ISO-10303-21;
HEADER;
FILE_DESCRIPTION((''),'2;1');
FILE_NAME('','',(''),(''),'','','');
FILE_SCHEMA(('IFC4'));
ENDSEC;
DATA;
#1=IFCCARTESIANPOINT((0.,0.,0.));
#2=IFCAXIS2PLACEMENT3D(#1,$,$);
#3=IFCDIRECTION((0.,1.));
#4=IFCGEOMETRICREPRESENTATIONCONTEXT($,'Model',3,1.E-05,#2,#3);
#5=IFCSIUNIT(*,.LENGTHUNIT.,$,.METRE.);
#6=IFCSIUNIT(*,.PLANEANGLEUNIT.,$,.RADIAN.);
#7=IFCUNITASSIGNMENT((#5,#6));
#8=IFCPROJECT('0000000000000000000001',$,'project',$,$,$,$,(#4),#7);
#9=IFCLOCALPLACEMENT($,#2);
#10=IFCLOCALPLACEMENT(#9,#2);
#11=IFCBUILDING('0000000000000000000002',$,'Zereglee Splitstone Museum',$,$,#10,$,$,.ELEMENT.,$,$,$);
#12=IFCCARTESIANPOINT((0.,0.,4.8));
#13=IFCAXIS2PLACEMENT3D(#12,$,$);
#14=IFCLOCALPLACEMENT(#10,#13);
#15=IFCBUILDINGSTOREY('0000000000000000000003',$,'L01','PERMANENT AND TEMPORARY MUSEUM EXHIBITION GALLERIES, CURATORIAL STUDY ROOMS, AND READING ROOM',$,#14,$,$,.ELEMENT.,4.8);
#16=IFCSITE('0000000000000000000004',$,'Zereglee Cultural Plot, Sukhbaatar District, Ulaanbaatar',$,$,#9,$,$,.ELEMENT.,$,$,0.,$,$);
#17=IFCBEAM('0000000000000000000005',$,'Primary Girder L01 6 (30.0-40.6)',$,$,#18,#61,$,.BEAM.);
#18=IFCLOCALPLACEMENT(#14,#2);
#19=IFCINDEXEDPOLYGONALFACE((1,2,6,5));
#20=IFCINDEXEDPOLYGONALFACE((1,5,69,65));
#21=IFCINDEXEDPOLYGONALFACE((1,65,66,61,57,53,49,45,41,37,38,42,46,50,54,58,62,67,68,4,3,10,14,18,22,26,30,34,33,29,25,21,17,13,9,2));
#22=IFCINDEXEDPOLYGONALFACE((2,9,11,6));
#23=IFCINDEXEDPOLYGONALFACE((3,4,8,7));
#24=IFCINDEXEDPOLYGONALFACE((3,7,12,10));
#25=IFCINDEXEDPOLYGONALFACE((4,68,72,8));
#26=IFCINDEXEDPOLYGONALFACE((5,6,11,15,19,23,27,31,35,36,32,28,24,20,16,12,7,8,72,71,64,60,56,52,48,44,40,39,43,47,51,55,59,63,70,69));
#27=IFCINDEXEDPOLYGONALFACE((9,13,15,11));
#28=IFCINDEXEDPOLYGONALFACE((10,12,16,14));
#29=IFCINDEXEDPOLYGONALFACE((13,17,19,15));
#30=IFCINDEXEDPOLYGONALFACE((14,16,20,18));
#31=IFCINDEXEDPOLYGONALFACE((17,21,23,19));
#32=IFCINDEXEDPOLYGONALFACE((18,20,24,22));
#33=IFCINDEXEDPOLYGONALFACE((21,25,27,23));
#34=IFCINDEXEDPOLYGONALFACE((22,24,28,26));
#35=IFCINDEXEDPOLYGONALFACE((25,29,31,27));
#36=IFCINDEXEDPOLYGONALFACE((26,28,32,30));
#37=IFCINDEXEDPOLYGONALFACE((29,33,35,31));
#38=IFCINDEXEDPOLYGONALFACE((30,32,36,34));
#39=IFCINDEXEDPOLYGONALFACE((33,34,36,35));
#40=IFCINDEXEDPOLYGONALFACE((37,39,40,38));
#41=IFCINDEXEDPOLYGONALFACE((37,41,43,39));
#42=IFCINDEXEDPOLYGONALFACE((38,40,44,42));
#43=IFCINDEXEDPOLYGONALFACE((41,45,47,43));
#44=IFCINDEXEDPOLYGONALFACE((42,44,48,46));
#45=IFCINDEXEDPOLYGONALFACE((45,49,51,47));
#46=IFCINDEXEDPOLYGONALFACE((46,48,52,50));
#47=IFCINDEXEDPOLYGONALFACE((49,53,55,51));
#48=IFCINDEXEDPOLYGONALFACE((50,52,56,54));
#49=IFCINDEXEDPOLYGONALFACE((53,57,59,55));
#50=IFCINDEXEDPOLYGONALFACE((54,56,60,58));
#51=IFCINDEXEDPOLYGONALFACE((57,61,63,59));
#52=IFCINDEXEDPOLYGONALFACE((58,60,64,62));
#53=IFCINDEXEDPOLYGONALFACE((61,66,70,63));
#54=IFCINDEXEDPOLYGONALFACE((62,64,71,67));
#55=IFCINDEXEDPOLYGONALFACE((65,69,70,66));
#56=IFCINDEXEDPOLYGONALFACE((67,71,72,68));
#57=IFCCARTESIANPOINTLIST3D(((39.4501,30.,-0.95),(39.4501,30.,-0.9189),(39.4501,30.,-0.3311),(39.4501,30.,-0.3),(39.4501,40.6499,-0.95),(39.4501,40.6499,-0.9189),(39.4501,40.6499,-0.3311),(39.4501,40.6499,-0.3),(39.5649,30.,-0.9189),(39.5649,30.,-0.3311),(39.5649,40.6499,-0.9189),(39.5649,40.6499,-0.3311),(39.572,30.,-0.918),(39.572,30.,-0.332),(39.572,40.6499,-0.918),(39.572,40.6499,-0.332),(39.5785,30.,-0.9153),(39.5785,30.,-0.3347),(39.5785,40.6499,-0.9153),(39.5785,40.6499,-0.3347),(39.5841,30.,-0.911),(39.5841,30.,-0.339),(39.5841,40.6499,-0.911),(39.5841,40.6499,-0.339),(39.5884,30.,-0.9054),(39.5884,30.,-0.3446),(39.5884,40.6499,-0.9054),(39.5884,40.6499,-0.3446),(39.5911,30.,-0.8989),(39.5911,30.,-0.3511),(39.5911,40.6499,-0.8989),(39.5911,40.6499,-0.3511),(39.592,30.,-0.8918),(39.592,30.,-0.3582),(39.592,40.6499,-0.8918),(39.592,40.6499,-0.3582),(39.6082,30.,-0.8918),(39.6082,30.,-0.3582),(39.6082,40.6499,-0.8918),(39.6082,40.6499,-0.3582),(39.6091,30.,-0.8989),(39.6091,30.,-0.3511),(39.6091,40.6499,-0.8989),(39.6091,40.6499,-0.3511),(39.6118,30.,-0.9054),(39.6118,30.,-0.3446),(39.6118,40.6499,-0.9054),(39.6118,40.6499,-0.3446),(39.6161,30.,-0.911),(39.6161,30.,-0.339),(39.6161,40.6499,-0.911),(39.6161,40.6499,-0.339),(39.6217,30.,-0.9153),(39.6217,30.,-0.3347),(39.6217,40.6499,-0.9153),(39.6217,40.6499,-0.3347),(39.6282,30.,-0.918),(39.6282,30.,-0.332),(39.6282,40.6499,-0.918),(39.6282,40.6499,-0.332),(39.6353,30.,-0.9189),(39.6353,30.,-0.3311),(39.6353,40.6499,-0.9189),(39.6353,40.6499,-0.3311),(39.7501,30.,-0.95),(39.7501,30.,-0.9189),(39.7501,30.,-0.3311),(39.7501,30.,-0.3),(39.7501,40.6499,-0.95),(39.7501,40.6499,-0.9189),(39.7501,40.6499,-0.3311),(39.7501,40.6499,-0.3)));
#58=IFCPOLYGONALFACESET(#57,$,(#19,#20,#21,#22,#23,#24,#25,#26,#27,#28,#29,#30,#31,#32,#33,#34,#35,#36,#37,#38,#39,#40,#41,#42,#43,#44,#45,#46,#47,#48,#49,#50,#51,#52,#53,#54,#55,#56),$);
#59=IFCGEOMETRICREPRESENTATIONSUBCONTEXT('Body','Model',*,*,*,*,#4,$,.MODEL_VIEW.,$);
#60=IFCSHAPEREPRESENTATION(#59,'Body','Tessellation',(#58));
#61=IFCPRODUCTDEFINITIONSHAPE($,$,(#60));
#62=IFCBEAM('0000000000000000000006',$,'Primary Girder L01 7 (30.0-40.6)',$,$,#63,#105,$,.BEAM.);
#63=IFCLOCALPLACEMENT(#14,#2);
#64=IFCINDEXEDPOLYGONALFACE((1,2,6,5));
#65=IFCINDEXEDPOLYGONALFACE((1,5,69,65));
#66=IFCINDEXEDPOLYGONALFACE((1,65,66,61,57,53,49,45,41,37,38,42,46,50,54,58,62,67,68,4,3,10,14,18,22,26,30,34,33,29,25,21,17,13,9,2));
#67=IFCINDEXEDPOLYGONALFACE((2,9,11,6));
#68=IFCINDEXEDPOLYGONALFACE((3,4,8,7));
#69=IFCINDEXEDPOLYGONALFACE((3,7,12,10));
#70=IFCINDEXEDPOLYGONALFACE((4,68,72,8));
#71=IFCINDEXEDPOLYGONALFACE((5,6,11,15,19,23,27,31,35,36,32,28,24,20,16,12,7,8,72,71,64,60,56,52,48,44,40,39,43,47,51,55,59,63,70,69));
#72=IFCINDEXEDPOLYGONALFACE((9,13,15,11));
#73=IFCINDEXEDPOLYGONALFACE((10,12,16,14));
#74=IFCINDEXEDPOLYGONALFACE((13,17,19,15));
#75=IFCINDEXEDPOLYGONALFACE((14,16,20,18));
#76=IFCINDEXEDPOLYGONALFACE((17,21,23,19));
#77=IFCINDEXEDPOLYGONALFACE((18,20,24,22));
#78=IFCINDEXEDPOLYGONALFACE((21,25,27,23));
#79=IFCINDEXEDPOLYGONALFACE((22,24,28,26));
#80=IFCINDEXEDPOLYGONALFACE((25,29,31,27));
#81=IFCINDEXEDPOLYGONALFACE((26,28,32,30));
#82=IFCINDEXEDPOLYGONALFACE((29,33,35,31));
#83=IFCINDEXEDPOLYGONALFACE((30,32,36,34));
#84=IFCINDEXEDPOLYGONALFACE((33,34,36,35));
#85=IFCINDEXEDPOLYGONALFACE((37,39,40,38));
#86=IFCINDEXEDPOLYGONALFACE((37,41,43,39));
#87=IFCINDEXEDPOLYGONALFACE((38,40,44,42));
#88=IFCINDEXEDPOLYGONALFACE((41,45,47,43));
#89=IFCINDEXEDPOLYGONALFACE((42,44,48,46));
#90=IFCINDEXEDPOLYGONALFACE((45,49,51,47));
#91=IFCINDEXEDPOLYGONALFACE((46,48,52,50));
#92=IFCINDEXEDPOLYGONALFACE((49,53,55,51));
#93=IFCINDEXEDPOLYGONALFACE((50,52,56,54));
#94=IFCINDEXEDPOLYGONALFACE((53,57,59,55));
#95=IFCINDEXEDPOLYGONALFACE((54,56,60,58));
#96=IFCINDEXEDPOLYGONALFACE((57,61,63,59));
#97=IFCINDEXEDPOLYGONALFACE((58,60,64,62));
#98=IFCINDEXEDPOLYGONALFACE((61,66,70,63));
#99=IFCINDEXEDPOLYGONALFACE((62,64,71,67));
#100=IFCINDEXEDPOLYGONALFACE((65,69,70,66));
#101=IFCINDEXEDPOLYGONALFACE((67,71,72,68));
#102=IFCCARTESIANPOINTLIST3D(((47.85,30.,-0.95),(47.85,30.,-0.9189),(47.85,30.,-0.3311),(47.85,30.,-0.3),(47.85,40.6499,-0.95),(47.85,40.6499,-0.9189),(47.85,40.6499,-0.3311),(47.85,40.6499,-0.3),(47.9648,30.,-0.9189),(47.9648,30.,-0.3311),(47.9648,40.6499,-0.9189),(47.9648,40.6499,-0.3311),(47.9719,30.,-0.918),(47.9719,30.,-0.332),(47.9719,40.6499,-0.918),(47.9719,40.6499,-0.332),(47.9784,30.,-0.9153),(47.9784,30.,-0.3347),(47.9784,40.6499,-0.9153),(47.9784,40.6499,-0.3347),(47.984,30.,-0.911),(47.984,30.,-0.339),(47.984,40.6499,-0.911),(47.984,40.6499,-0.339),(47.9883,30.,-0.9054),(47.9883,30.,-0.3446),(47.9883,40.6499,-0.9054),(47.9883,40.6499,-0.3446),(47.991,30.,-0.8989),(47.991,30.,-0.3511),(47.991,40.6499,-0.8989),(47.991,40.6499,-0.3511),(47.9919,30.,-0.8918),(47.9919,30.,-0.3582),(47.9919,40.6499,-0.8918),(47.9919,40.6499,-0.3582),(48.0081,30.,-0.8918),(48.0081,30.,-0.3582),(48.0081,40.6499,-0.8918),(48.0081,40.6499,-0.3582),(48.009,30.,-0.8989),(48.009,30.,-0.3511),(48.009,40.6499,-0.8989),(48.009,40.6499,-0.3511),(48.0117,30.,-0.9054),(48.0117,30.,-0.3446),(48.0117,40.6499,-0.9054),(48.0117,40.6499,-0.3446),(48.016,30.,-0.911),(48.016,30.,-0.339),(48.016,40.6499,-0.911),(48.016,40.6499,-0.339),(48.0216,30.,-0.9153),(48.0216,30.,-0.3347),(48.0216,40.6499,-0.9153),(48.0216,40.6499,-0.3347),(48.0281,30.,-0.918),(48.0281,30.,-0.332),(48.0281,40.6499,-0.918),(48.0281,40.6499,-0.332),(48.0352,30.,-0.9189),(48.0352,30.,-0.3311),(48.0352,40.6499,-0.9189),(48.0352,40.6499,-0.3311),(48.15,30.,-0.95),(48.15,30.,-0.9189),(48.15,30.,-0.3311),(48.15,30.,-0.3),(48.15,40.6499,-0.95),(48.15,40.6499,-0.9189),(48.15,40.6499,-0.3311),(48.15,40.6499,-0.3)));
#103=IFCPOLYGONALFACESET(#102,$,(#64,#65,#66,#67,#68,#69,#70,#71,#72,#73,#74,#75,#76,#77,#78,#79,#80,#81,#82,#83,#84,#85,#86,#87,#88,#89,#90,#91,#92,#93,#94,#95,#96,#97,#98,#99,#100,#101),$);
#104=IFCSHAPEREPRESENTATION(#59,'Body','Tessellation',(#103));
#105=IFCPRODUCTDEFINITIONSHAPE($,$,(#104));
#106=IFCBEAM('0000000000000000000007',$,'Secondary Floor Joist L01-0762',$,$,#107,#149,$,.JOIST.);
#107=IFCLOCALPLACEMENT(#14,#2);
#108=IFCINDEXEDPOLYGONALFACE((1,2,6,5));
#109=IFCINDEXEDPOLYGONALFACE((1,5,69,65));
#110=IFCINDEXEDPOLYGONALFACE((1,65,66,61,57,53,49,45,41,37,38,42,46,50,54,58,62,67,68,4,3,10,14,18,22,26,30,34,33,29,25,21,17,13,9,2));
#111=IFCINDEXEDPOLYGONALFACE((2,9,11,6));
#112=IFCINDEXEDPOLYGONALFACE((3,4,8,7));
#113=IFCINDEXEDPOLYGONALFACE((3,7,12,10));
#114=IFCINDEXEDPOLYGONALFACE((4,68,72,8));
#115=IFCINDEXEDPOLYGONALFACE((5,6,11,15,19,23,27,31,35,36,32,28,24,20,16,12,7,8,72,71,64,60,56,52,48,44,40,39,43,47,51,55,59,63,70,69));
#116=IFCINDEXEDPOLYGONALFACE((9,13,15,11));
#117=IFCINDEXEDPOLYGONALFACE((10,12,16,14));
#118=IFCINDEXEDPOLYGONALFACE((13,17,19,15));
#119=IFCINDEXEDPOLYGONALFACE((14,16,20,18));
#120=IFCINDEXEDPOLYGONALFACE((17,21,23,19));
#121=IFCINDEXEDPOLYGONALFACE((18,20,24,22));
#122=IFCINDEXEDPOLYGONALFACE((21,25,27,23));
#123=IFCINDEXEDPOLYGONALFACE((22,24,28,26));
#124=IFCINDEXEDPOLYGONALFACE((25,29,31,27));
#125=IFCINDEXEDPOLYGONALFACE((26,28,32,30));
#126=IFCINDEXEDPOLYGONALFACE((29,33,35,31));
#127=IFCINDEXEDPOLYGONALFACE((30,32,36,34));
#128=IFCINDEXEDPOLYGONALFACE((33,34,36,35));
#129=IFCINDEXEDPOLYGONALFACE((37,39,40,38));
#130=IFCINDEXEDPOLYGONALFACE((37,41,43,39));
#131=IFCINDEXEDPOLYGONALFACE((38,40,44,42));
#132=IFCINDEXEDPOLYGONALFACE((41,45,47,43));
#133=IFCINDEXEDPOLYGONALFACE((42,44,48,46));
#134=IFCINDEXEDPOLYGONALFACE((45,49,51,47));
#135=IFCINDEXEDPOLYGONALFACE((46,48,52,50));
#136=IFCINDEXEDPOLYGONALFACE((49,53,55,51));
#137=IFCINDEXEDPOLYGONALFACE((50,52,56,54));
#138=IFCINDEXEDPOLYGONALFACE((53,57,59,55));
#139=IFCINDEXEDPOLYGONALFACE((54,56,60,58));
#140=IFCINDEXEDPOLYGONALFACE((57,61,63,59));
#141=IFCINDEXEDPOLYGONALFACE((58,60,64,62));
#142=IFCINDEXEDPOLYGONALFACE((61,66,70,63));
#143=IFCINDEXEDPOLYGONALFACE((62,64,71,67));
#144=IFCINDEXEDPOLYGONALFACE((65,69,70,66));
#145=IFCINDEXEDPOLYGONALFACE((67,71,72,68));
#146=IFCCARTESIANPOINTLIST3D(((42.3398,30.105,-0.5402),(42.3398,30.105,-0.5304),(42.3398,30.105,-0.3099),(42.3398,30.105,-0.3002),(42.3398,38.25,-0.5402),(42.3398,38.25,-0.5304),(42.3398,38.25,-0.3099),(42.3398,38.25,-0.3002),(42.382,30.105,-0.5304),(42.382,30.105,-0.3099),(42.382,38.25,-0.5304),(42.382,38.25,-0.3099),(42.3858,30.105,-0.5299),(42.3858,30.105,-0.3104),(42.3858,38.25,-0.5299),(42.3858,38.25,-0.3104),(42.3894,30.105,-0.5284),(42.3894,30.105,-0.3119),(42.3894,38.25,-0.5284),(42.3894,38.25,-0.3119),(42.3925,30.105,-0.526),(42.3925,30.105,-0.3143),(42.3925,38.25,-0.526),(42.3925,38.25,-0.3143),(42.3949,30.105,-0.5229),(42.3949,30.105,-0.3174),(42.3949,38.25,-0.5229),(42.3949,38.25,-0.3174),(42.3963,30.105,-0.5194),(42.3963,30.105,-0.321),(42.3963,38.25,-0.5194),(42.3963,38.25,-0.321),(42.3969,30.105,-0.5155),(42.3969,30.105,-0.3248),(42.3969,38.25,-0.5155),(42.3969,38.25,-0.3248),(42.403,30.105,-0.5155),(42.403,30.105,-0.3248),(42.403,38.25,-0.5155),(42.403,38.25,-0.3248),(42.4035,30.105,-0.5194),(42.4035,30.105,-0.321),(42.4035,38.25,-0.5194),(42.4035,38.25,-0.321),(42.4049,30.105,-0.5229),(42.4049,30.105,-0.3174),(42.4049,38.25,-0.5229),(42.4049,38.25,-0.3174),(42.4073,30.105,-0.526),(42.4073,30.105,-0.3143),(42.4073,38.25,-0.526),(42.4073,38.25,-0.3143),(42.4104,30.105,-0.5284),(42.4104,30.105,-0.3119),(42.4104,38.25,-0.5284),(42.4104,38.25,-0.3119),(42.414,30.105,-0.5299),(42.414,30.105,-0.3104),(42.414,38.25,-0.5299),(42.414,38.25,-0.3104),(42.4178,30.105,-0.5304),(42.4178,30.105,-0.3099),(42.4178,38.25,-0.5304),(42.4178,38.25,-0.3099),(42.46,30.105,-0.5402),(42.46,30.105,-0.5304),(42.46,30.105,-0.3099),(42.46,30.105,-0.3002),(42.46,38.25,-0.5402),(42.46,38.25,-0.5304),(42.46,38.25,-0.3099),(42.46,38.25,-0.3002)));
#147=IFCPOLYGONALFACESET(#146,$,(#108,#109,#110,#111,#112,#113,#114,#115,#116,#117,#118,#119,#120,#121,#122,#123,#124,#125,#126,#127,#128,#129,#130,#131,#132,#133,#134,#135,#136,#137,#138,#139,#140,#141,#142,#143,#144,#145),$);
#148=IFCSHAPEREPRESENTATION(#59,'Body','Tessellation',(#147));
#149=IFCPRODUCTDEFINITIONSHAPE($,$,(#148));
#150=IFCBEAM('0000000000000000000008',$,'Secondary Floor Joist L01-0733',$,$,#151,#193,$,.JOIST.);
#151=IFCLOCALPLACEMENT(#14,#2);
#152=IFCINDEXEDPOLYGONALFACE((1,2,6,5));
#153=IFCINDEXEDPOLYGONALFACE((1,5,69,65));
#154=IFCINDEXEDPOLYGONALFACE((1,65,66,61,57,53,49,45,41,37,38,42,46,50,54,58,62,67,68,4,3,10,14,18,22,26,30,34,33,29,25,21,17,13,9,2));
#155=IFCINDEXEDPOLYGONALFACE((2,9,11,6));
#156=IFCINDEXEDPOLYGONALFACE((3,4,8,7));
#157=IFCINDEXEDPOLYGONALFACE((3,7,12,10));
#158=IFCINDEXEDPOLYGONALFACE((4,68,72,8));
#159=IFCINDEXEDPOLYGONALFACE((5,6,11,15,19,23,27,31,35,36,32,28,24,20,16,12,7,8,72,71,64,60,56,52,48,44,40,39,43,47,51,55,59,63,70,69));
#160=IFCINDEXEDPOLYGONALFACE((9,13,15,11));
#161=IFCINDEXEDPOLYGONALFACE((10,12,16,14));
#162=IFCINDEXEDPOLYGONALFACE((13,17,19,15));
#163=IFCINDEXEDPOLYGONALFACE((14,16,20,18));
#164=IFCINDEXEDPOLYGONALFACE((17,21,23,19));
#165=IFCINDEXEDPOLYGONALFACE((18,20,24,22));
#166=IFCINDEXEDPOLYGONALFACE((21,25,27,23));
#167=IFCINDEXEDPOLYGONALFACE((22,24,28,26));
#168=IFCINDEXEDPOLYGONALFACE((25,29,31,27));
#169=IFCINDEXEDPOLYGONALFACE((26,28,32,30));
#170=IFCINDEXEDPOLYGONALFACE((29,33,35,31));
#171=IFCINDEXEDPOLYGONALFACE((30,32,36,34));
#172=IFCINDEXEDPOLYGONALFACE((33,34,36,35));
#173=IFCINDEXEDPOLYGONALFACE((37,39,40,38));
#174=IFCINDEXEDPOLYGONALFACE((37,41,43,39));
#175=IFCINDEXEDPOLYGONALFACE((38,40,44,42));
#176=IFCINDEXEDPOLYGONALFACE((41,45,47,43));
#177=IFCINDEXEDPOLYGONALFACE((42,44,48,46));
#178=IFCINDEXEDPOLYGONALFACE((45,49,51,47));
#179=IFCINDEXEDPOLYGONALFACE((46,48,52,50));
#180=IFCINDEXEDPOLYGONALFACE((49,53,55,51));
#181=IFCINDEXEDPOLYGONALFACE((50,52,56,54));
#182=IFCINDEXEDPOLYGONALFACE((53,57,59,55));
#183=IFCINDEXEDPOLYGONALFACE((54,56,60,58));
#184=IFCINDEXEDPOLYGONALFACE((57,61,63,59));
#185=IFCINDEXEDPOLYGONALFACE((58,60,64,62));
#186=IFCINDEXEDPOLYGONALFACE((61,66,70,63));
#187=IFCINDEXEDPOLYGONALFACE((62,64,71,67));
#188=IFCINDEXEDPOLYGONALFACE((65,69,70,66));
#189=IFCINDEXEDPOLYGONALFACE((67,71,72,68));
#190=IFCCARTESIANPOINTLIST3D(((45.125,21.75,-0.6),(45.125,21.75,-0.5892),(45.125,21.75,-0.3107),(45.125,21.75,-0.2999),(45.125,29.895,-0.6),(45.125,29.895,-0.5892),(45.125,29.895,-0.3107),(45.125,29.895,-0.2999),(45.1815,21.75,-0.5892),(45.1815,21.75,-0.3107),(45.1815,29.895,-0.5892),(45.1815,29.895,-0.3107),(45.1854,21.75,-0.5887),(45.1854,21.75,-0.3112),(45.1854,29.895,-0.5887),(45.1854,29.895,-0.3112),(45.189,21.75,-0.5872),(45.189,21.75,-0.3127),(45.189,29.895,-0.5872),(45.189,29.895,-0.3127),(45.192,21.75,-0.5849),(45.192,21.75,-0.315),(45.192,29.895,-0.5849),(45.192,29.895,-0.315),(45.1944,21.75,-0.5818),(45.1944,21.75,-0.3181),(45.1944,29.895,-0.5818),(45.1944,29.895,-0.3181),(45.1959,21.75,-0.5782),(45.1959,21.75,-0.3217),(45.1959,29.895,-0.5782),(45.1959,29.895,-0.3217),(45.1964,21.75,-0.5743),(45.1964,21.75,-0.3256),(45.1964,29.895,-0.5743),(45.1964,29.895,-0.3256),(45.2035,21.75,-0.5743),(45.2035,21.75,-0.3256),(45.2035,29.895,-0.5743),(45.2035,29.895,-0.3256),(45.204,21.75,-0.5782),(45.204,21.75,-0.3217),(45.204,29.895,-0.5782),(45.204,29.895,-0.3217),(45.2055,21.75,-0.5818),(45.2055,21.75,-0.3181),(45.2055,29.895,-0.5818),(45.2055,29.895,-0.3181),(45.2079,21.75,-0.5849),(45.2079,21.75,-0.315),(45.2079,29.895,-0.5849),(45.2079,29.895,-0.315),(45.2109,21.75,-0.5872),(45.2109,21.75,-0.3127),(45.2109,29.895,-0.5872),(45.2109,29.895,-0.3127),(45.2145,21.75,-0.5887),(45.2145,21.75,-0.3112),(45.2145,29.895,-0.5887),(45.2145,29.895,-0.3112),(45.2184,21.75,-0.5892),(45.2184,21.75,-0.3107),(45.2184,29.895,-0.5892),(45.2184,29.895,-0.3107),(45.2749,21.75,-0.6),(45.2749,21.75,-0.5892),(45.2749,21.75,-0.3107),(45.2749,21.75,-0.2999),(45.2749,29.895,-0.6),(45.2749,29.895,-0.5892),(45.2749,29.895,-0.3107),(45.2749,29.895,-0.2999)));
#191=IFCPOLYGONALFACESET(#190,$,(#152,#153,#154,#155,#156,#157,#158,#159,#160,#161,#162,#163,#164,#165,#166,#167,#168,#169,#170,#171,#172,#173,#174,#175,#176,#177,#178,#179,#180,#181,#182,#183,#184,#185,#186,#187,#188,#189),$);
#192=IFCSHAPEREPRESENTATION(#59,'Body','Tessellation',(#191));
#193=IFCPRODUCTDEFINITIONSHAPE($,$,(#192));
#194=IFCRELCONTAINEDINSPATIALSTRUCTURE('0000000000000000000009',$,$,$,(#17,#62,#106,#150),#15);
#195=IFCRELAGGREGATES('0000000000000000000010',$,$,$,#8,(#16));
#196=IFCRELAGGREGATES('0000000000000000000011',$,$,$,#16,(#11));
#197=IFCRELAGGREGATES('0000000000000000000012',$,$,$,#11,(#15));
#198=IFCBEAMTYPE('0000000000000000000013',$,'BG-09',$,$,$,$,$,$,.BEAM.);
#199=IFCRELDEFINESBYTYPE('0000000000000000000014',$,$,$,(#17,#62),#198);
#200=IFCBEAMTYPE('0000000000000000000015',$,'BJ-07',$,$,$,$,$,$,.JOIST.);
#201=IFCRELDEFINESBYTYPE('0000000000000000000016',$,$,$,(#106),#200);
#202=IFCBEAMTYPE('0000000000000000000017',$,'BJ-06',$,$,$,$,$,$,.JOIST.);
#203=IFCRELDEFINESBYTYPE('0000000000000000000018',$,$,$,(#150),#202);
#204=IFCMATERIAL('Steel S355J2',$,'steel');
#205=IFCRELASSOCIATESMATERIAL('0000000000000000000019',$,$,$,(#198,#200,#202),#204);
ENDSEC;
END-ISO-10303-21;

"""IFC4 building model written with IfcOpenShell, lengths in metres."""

from ifc_helpers import new_model, si_unit, direction, frame, origin, origin_2d, place, context, subcontext, project, spatial, i_section, extrude, material, material_profile, profile_set, type_object, element, save


model = new_model("IFC4")

# Units and contexts
model_context = context("Model", 3, precision=1e-05, world=origin(), true_north=direction((0.0, 1.0)))
body_context = subcontext(model_context, "Body", "Model", "MODEL_VIEW")
ifc_project = project(units=[si_unit("LENGTHUNIT", "METRE"), si_unit("PLANEANGLEUNIT", "RADIAN")], contexts=[model_context])

# Site, building, storey
site_placement = place(None, origin())
site = spatial("IfcSite", under=ifc_project, at=site_placement, Name="Zereglee Cultural Plot, Sukhbaatar District, Ulaanbaatar", CompositionType="ELEMENT", RefElevation=0.0)
building_placement = place(site_placement, origin())
building = spatial("IfcBuilding", under=site, at=building_placement, Name="Zereglee Splitstone Museum", CompositionType="ELEMENT")
storey_placement = place(building_placement, frame((0.0, 0.0, 4.8)))
storey = spatial("IfcBuildingStorey", under=building, at=storey_placement, Name="L01", Description="PERMANENT AND TEMPORARY MUSEUM EXHIBITION GALLERIES, CURATORIAL STUDY ROOMS, AND READING ROOM", CompositionType="ELEMENT", Elevation=4.8)

# Shared definitions
ifc_material_1 = material(Name="Steel S355J2", Category="steel")

# Beams
ifc_material_profile_1 = material_profile(ifc_material_1, i_section(OverallWidth=0.3, OverallDepth=0.6499, WebThickness=0.0161, FlangeThickness=0.031, FilletRadius=0.0271, at=origin_2d()), Name="HE 650 B")
ifc_profile_set_1 = profile_set([ifc_material_profile_1], Name="Steel S355J2")
beam_type_1 = type_object("IfcBeamType", Name="BG-09", PredefinedType="BEAM", material=ifc_profile_set_1)
for number, where, z_axis, x_axis, name in (
    (1, (39.6001, 30.0, -0.625), (0.0, 1.0, 0.0), (-1.0, 0.0, 0.0), "Primary Girder L01 6 (30.0-40.6)"),
    (2, (48.0, 30.0, -0.625), (0.0, 1.0, 0.0), (-1.0, 0.0, 0.0), "Primary Girder L01 7 (30.0-40.6)"),
):
    element("IfcBeam", number, at=place(storey_placement, frame(where, z_axis=z_axis, x_axis=x_axis)), inside=storey, type_object=beam_type_1, Name=name, PredefinedType="BEAM", context=body_context, shape_type="SweptSolid", body=[
        extrude(i_section(OverallWidth=0.3, OverallDepth=0.6499, WebThickness=0.0161, FlangeThickness=0.031, FilletRadius=0.0271, at=origin_2d()), origin(), (0.0, 0.0, 1.0), 10.6499),
    ])
ifc_material_profile_2 = material_profile(ifc_material_1, i_section(OverallWidth=0.1201, OverallDepth=0.24, WebThickness=0.0061, FlangeThickness=0.0098, FilletRadius=0.0149, at=origin_2d()), Name="IPE 240")
ifc_profile_set_2 = profile_set([ifc_material_profile_2], Name="Steel S355J2")
beam_type_2 = type_object("IfcBeamType", Name="BJ-07", PredefinedType="JOIST", material=ifc_profile_set_2)
beam_1_placement = place(storey_placement, frame((42.3999, 30.105, -0.4202), z_axis=(0.0, 1.0, 0.0), x_axis=(-1.0, 0.0, 0.0)))
element("IfcBeam", 3, at=beam_1_placement, inside=storey, type_object=beam_type_2, Name="Secondary Floor Joist L01-0762", PredefinedType="JOIST", context=body_context, shape_type="SweptSolid", body=[
    extrude(i_section(OverallWidth=0.1201, OverallDepth=0.24, WebThickness=0.0061, FlangeThickness=0.0098, FilletRadius=0.0149, at=origin_2d()), origin(), (0.0, 0.0, 1.0), 8.145),
])
ifc_material_profile_3 = material_profile(ifc_material_1, i_section(OverallWidth=0.1499, OverallDepth=0.3, WebThickness=0.0071, FlangeThickness=0.0107, FilletRadius=0.0149, at=origin_2d()), Name="IPE 300")
ifc_profile_set_3 = profile_set([ifc_material_profile_3], Name="Steel S355J2")
beam_type_3 = type_object("IfcBeamType", Name="BJ-06", PredefinedType="JOIST", material=ifc_profile_set_3)
beam_2_placement = place(storey_placement, frame((45.2, 21.75, -0.45), z_axis=(0.0, 1.0, 0.0), x_axis=(-1.0, 0.0, 0.0)))
element("IfcBeam", 4, at=beam_2_placement, inside=storey, type_object=beam_type_3, Name="Secondary Floor Joist L01-0733", PredefinedType="JOIST", context=body_context, shape_type="SweptSolid", body=[
    extrude(i_section(OverallWidth=0.1499, OverallDepth=0.3, WebThickness=0.0071, FlangeThickness=0.0107, FilletRadius=0.0149, at=origin_2d()), origin(), (0.0, 0.0, 1.0), 8.145),
])

save(model, "model.ifc")
